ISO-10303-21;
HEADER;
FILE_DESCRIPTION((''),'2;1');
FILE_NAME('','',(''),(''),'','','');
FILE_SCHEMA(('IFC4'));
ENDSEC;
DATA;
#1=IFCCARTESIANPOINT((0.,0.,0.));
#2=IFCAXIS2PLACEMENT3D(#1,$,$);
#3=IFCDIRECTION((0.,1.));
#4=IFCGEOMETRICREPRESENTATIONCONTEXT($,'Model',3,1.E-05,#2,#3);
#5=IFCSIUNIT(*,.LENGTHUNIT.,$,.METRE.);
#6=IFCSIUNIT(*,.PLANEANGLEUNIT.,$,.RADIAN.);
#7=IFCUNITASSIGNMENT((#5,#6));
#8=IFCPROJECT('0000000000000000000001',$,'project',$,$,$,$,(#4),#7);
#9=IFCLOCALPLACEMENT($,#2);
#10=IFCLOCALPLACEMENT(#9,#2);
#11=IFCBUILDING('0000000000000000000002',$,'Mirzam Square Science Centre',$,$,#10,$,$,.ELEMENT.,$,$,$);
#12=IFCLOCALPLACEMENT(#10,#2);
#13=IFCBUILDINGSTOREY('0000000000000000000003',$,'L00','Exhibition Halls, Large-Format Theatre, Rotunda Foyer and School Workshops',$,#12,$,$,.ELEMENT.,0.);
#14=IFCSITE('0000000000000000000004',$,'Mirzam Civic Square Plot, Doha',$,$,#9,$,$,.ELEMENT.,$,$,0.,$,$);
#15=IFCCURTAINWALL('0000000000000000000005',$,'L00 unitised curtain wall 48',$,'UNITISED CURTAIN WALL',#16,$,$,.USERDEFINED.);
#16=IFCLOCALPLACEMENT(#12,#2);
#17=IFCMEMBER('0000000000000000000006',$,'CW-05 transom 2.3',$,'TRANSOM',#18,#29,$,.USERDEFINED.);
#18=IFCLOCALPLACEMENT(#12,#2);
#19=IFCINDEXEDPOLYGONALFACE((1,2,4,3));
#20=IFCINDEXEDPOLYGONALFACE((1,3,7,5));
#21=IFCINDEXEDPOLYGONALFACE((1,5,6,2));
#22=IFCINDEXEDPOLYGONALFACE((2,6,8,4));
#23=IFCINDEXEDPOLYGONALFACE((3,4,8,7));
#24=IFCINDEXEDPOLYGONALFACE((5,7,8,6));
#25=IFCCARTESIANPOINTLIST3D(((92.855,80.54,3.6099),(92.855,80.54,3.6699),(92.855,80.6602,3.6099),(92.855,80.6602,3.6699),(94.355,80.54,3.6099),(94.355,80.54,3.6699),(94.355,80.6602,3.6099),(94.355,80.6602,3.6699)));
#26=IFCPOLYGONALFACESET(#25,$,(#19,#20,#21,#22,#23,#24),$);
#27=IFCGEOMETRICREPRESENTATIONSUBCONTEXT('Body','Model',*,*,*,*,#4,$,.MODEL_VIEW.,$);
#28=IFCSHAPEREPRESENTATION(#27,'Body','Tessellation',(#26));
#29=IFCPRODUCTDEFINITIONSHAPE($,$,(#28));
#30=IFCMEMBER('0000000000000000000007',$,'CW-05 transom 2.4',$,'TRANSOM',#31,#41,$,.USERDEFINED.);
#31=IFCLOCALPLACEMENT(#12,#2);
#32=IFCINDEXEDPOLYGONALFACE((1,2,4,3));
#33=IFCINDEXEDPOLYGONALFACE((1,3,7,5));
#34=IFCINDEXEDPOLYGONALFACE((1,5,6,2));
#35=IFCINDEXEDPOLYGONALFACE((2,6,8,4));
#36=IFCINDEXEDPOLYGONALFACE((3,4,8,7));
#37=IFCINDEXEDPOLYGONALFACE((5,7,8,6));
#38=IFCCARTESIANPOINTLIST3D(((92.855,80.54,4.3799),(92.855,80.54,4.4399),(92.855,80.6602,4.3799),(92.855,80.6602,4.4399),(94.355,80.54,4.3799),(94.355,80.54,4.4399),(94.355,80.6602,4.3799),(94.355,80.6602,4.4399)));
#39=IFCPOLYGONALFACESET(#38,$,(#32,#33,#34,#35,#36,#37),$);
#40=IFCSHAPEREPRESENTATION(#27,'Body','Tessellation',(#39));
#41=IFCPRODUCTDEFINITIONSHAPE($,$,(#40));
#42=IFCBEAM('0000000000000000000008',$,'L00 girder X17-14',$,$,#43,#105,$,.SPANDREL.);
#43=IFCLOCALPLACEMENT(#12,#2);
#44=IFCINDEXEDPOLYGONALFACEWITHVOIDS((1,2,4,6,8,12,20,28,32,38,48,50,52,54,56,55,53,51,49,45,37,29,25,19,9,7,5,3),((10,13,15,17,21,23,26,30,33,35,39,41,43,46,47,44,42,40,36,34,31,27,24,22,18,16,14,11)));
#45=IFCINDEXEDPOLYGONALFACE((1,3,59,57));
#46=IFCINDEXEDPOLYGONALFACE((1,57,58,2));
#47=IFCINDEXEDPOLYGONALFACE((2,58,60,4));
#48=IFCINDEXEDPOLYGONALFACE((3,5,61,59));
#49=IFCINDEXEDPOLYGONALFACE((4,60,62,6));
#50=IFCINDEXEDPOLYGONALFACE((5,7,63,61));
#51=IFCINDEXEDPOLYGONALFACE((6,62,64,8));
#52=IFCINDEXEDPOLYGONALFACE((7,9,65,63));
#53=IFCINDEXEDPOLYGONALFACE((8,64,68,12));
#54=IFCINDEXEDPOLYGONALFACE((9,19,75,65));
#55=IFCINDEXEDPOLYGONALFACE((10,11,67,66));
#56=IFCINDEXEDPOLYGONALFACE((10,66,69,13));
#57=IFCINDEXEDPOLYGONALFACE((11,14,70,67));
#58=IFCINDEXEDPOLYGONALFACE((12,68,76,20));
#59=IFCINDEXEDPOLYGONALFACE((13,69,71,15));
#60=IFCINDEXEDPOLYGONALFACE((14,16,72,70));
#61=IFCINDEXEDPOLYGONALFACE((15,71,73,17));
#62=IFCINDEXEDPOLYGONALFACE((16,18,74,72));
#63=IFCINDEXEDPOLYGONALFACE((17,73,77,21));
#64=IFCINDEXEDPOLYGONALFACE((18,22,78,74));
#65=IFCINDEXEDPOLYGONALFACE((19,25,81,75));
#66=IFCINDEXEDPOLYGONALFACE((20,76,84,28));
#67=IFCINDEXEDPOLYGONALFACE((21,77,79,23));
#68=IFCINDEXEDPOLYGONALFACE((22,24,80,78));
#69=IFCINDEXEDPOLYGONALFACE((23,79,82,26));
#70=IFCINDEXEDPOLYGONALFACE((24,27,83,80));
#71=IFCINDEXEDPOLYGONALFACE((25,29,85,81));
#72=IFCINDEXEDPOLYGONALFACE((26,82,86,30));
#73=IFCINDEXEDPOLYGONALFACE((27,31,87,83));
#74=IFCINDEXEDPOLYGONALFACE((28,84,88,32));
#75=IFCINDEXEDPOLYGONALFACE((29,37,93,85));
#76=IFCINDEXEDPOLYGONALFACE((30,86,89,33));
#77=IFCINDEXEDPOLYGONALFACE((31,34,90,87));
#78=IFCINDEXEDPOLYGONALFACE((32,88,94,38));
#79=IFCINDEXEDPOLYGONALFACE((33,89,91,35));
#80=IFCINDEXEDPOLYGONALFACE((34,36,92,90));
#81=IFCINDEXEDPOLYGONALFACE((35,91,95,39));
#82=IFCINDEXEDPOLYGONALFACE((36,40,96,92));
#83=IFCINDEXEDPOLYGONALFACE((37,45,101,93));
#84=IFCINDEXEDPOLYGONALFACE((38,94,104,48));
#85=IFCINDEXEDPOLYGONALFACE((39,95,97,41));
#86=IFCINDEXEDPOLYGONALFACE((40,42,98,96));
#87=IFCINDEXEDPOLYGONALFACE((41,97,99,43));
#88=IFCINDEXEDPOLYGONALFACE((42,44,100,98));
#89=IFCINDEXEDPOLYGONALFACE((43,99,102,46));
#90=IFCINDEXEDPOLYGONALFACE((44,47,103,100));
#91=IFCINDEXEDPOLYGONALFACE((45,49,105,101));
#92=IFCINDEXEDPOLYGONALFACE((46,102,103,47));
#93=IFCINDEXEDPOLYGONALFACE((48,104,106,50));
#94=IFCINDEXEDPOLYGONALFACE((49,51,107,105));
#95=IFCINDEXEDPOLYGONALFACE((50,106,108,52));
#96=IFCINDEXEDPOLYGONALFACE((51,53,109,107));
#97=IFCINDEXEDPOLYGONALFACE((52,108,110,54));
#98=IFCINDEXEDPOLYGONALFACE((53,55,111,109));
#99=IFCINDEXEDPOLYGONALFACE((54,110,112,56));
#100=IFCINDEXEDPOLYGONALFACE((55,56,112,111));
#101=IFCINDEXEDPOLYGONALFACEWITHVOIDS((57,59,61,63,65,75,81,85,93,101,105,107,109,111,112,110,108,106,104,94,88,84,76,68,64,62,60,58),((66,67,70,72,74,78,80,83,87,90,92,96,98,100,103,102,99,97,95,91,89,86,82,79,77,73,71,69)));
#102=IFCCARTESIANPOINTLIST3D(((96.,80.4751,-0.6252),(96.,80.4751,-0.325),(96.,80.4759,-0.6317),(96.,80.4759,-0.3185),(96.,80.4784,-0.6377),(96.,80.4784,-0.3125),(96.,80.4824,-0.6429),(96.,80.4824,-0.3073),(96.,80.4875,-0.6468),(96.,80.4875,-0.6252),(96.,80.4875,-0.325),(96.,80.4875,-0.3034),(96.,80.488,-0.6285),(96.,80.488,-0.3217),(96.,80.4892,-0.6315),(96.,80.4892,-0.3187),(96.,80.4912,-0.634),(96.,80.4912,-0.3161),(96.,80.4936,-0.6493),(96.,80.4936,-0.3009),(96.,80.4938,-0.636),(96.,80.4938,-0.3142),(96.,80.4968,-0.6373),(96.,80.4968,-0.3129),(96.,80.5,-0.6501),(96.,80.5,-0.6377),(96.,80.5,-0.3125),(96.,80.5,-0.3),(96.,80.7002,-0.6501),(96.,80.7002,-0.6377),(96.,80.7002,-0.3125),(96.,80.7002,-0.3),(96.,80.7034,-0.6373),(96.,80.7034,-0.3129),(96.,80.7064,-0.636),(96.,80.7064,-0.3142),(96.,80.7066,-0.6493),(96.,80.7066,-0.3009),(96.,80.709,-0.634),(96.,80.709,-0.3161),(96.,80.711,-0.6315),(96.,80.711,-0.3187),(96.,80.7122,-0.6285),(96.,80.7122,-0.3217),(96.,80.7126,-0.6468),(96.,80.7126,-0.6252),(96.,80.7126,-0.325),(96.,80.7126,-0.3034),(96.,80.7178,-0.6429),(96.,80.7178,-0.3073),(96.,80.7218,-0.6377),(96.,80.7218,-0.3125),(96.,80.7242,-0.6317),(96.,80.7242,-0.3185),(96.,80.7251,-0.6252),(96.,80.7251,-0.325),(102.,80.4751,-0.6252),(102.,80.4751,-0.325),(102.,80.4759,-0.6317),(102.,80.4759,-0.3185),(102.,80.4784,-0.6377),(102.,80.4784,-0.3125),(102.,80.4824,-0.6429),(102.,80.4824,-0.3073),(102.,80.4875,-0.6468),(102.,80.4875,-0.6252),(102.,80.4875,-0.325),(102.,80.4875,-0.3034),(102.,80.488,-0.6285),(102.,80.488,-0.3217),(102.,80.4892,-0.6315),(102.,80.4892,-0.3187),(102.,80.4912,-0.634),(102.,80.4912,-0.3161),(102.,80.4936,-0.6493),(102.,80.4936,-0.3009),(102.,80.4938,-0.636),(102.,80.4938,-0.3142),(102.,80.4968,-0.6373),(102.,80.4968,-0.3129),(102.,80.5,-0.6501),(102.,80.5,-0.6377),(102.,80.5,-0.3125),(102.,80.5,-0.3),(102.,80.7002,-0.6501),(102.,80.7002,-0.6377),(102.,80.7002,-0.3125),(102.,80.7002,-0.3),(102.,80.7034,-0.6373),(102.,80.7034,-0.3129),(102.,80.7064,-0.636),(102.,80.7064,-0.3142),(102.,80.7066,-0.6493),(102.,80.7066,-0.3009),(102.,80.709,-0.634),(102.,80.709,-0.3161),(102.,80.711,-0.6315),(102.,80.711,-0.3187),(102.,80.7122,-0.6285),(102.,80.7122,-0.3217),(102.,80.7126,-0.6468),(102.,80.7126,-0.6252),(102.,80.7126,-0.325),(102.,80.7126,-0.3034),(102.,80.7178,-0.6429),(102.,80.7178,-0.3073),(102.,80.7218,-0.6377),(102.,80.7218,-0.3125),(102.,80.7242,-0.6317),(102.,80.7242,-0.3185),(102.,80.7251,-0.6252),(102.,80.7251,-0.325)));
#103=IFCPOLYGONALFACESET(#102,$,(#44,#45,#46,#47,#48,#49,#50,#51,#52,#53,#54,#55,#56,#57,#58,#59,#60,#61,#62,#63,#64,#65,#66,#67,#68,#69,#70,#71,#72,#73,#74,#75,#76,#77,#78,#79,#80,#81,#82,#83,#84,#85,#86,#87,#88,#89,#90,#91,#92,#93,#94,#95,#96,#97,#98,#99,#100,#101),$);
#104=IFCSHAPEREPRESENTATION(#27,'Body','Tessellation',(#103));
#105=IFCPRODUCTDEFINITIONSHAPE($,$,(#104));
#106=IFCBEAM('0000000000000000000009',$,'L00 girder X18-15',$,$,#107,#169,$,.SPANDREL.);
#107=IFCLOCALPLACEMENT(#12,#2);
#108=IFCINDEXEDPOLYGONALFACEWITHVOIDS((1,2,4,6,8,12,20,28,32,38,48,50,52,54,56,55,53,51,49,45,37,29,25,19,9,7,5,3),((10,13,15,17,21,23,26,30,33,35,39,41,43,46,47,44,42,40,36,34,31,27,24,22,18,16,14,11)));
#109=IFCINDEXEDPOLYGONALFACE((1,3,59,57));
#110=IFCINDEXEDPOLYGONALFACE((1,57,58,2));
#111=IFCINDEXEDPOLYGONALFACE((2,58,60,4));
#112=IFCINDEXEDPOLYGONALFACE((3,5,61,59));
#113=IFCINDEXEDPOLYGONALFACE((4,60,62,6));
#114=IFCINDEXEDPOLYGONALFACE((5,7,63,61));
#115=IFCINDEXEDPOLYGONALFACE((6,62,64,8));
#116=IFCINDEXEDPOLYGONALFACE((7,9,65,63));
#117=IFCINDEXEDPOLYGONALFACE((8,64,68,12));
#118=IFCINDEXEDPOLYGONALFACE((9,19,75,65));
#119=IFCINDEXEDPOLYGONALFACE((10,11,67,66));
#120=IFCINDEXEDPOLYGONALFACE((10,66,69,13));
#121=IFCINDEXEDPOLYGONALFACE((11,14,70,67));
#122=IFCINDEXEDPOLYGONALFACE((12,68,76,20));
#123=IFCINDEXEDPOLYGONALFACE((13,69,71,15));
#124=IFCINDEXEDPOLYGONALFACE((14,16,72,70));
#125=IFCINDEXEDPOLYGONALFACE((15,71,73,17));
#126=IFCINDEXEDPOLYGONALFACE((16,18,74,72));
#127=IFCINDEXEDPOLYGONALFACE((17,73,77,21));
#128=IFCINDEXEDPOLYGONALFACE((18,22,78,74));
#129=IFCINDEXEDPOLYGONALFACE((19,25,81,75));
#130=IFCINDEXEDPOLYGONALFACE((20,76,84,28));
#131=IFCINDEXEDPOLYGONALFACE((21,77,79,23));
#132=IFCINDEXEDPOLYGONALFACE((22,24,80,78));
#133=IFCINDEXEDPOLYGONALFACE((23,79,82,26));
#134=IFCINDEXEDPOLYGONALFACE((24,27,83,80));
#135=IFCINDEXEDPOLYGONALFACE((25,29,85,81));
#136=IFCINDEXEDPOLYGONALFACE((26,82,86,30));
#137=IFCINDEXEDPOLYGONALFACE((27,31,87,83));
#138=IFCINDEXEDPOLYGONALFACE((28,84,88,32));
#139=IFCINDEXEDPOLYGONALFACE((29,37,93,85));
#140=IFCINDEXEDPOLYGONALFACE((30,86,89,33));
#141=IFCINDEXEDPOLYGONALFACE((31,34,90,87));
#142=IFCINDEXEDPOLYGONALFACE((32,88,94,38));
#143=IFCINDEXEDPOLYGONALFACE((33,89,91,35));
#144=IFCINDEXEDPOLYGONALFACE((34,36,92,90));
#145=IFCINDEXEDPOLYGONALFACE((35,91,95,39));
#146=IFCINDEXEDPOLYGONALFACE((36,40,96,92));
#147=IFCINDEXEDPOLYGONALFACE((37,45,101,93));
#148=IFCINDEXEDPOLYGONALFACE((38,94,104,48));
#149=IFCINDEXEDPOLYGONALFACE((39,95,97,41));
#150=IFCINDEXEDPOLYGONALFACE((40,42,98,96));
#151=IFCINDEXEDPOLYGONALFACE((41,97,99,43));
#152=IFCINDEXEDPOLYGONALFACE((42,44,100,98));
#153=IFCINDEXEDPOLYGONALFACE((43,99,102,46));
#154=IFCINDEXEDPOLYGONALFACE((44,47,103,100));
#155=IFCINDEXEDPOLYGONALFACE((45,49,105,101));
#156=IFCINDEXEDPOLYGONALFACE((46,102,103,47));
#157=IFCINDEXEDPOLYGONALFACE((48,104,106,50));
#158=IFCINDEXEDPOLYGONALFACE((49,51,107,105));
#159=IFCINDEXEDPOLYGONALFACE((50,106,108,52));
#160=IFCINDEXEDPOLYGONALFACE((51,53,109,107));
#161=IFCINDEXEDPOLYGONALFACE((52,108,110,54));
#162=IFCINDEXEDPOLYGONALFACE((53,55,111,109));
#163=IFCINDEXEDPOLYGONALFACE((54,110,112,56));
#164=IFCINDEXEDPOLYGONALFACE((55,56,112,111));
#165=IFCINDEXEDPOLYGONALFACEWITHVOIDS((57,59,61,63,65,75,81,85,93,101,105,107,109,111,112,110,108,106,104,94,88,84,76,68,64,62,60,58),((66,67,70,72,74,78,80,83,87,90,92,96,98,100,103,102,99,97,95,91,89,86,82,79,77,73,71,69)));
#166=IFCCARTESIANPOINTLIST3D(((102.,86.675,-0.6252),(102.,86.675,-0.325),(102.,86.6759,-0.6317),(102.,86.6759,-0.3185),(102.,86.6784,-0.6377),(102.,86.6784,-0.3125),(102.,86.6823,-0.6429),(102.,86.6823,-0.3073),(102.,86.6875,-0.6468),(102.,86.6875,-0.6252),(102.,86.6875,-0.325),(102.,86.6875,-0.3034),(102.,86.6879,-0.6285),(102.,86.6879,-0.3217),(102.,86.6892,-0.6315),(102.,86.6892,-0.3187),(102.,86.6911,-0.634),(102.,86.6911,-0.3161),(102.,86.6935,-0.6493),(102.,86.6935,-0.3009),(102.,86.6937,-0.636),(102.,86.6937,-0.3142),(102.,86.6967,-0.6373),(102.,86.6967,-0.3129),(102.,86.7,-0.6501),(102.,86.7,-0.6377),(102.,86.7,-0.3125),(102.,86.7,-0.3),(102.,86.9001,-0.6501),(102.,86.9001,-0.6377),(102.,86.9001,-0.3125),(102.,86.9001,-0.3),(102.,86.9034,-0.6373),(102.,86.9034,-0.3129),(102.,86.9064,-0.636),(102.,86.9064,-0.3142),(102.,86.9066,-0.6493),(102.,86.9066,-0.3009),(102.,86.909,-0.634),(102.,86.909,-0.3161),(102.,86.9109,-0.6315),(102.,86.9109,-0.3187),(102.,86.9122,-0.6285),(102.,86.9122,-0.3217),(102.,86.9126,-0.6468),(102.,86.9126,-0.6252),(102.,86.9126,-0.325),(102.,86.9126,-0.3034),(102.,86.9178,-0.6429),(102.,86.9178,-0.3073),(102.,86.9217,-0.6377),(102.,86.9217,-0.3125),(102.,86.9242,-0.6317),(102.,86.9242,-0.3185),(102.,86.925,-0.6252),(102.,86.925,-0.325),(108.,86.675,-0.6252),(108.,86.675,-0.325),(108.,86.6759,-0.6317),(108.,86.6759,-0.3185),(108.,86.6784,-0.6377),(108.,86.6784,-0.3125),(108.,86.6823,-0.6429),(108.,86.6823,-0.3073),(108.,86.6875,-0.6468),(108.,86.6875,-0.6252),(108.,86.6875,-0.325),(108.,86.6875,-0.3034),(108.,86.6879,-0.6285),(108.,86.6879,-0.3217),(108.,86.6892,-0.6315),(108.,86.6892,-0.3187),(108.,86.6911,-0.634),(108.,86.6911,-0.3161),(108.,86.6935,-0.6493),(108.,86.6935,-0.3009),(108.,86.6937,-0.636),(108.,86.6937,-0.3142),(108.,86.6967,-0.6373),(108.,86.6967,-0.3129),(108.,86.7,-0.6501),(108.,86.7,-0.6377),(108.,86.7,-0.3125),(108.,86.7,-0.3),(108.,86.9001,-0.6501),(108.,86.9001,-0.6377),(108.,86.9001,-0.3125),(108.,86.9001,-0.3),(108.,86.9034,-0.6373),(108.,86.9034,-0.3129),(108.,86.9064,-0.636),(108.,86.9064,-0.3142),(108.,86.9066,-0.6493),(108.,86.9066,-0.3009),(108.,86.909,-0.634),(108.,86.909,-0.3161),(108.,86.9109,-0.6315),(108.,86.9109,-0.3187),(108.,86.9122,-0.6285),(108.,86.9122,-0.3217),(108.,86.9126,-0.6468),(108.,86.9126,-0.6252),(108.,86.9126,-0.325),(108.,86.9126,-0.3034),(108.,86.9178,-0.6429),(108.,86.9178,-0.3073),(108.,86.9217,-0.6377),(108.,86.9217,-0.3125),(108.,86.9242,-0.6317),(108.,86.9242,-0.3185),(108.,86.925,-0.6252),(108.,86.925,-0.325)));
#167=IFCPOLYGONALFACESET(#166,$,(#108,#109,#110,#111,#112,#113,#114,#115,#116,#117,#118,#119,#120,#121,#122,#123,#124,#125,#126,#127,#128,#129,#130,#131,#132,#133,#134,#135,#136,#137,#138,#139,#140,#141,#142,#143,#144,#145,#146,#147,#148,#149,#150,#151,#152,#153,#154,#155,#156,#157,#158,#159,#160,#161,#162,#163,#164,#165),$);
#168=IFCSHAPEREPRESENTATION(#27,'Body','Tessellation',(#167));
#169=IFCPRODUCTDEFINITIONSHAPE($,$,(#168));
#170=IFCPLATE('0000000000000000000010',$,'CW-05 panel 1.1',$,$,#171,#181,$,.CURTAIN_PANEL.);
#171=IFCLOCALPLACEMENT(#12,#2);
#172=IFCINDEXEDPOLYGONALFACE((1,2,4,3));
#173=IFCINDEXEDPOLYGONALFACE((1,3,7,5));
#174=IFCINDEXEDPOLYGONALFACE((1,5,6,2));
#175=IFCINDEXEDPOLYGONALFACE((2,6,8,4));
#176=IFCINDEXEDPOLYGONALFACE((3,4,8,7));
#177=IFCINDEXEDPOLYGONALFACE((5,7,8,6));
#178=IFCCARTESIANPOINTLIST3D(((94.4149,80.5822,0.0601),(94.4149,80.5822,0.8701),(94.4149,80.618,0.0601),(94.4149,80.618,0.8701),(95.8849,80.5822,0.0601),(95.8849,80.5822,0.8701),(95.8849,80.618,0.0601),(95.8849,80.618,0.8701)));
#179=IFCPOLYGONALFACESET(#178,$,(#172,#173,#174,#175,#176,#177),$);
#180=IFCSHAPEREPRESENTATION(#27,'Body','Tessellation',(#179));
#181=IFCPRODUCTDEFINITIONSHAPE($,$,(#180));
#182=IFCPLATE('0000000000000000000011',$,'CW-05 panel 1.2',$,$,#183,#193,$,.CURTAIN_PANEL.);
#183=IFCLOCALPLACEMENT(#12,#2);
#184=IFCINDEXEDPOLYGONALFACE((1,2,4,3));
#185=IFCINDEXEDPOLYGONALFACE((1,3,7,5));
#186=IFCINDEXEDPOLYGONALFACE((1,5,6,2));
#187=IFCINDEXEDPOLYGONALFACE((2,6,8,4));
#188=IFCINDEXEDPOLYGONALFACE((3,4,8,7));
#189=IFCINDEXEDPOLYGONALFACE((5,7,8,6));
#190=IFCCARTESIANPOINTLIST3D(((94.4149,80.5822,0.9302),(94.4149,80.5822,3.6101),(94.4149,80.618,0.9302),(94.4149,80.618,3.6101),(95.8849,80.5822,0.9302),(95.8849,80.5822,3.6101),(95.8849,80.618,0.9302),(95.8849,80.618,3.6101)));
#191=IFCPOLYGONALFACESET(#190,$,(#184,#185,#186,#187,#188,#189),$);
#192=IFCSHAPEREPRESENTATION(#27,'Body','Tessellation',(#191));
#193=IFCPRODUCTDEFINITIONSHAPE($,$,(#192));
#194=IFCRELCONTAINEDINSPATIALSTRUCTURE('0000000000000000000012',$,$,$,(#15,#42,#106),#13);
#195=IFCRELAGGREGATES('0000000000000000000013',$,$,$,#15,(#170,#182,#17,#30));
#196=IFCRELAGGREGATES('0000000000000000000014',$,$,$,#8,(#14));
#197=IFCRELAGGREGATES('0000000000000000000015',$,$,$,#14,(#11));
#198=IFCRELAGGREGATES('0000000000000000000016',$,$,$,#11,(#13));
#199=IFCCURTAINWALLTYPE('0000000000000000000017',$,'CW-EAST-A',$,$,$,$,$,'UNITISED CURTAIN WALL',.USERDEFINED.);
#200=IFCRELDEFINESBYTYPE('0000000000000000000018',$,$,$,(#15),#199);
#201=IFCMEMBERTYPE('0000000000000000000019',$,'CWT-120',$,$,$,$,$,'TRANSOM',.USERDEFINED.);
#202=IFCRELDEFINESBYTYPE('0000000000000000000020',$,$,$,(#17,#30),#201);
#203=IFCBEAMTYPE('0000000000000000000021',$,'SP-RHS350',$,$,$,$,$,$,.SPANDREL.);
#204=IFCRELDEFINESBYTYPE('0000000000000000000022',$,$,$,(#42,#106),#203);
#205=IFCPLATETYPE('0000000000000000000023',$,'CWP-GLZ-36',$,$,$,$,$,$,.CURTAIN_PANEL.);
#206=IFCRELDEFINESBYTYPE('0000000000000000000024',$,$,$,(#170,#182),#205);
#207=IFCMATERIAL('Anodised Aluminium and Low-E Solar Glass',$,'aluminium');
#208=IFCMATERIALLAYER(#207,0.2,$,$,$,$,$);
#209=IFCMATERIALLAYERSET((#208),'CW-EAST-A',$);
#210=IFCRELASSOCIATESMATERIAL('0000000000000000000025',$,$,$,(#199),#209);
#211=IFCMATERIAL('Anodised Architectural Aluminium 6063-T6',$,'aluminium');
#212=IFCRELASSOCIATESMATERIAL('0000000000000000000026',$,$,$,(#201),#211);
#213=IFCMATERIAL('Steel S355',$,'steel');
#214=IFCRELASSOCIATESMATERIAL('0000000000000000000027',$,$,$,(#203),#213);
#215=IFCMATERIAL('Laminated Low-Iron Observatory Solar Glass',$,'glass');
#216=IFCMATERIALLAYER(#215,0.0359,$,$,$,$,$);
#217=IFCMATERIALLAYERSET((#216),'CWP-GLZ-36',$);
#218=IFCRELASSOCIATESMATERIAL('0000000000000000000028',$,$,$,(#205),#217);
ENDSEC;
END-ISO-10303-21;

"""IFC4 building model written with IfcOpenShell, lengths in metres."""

from ifc_helpers import new_model, si_unit, direction, frame, origin, origin_2d, place, context, subcontext, project, spatial, rectangle, hollow_rectangle, extrude, material, layer, layer_set, material_profile, profile_set, type_object, element, aggregate, save


model = new_model("IFC4")

# Units and contexts
model_context = context("Model", 3, precision=1e-05, world=origin(), true_north=direction((0.0, 1.0)))
body_context = subcontext(model_context, "Body", "Model", "MODEL_VIEW")
ifc_project = project(units=[si_unit("LENGTHUNIT", "METRE"), si_unit("PLANEANGLEUNIT", "RADIAN")], contexts=[model_context])

# Site, building, storey
site_placement = place(None, origin())
site = spatial("IfcSite", under=ifc_project, at=site_placement, Name="Mirzam Civic Square Plot, Doha", CompositionType="ELEMENT", RefElevation=0.0)
building_placement = place(site_placement, origin())
building = spatial("IfcBuilding", under=site, at=building_placement, Name="Mirzam Square Science Centre", CompositionType="ELEMENT")
storey_placement = place(building_placement, origin())
storey = spatial("IfcBuildingStorey", under=building, at=storey_placement, Name="L00", Description="Exhibition Halls, Large-Format Theatre, Rotunda Foyer and School Workshops", CompositionType="ELEMENT", Elevation=0.0)

# Shared definitions
ifc_material_1 = material(Name="Steel S355", Category="steel")

# Curtain wall, members
ifc_material_2 = material(Name="Anodised Aluminium and Low-E Solar Glass", Category="aluminium")
ifc_layer_1 = layer(ifc_material_2, 0.2)
ifc_layer_set_1 = layer_set([ifc_layer_1], Name="CW-EAST-A")
curtain_wall_type = type_object("IfcCurtainWallType", Name="CW-EAST-A", ElementType="UNITISED CURTAIN WALL", PredefinedType="USERDEFINED", material=ifc_layer_set_1)
curtain_wall_placement = place(storey_placement, origin())
curtain_wall = element("IfcCurtainWall", 1, at=curtain_wall_placement, inside=storey, type_object=curtain_wall_type, Name="L00 unitised curtain wall 48", ObjectType="UNITISED CURTAIN WALL", PredefinedType="USERDEFINED")
ifc_material_3 = material(Name="Anodised Architectural Aluminium 6063-T6", Category="aluminium")
ifc_material_profile_1 = material_profile(ifc_material_3, rectangle(XDim=0.1201, YDim=0.0601, at=origin_2d()), Name="ALU-TRAN-120x60x4")
ifc_profile_set_1 = profile_set([ifc_material_profile_1], Name="Anodised Architectural Aluminium 6063-T6")
member_type_1 = type_object("IfcMemberType", Name="CWT-120", ElementType="TRANSOM", PredefinedType="USERDEFINED", material=ifc_profile_set_1)
member_1_placement = place(storey_placement, frame((94.355, 80.6001, 3.6399), z_axis=(-1.0, 0.0, 0.0), x_axis=(0.0, -1.0, 0.0)))
member_1 = element("IfcMember", 2, at=member_1_placement, type_object=member_type_1, Name="CW-05 transom 2.3", ObjectType="TRANSOM", PredefinedType="USERDEFINED", context=body_context, shape_type="SweptSolid", body=[
    extrude(rectangle(XDim=0.1201, YDim=0.0601, at=origin_2d()), origin(), (0.0, 0.0, 1.0), 1.5),
])
member_2_placement = place(storey_placement, frame((94.355, 80.6001, 4.4099), z_axis=(-1.0, 0.0, 0.0), x_axis=(0.0, -1.0, 0.0)))
member_2 = element("IfcMember", 3, at=member_2_placement, type_object=member_type_1, Name="CW-05 transom 2.4", ObjectType="TRANSOM", PredefinedType="USERDEFINED", context=body_context, shape_type="SweptSolid", body=[
    extrude(rectangle(XDim=0.1201, YDim=0.0601, at=origin_2d()), origin(), (0.0, 0.0, 1.0), 1.5),
])

# Beams
ifc_material_profile_2 = material_profile(ifc_material_1, hollow_rectangle(XDim=0.25, YDim=0.3501, WallThickness=0.0125, InnerFilletRadius=0.0125, OuterFilletRadius=0.0249, at=origin_2d()), Name="350x250x12.5RHS")
ifc_profile_set_2 = profile_set([ifc_material_profile_2], Name="Steel S355")
beam_type_1 = type_object("IfcBeamType", Name="SP-RHS350", PredefinedType="SPANDREL", material=ifc_profile_set_2)
for number, where, z_axis, x_axis, name in (
    (4, (96.0, 80.6001, -0.4751), (1.0, 0.0, 0.0), (0.0, 1.0, 0.0), "L00 girder X17-14"),
    (5, (102.0, 86.8, -0.4751), (1.0, 0.0, 0.0), (0.0, 1.0, 0.0), "L00 girder X18-15"),
):
    element("IfcBeam", number, at=place(storey_placement, frame(where, z_axis=z_axis, x_axis=x_axis)), inside=storey, type_object=beam_type_1, Name=name, PredefinedType="SPANDREL", context=body_context, shape_type="SweptSolid", body=[
        extrude(hollow_rectangle(XDim=0.25, YDim=0.3501, WallThickness=0.0125, InnerFilletRadius=0.0125, OuterFilletRadius=0.0249, at=origin_2d()), origin(), (0.0, 0.0, 1.0), 6.0),
    ])

# Plates
ifc_material_4 = material(Name="Laminated Low-Iron Observatory Solar Glass", Category="glass")
ifc_layer_2 = layer(ifc_material_4, 0.0359)
ifc_layer_set_2 = layer_set([ifc_layer_2], Name="CWP-GLZ-36")
plate_type = type_object("IfcPlateType", Name="CWP-GLZ-36", PredefinedType="CURTAIN_PANEL", material=ifc_layer_set_2)
plate_1_placement = place(storey_placement, frame((95.1499, 80.6001, 0.0601), z_axis=(0.0, 0.0, 1.0), x_axis=(-1.0, 0.0, 0.0)))
plate_1 = element("IfcPlate", 6, at=plate_1_placement, type_object=plate_type, Name="CW-05 panel 1.1", PredefinedType="CURTAIN_PANEL", context=body_context, shape_type="SweptSolid", body=[
    extrude(rectangle(XDim=1.47, YDim=0.0359, at=origin_2d()), origin(), (0.0, 0.0, 1.0), 0.8101),
])
plate_2_placement = place(storey_placement, frame((95.1499, 80.6001, 0.9302), z_axis=(0.0, 0.0, 1.0), x_axis=(-1.0, 0.0, 0.0)))
plate_2 = element("IfcPlate", 7, at=plate_2_placement, type_object=plate_type, Name="CW-05 panel 1.2", PredefinedType="CURTAIN_PANEL", context=body_context, shape_type="SweptSolid", body=[
    extrude(rectangle(XDim=1.47, YDim=0.0359, at=origin_2d()), origin(), (0.0, 0.0, 1.0), 2.6799),
])
aggregate(curtain_wall, [plate_1, plate_2, member_1, member_2])

save(model, "model.ifc")
